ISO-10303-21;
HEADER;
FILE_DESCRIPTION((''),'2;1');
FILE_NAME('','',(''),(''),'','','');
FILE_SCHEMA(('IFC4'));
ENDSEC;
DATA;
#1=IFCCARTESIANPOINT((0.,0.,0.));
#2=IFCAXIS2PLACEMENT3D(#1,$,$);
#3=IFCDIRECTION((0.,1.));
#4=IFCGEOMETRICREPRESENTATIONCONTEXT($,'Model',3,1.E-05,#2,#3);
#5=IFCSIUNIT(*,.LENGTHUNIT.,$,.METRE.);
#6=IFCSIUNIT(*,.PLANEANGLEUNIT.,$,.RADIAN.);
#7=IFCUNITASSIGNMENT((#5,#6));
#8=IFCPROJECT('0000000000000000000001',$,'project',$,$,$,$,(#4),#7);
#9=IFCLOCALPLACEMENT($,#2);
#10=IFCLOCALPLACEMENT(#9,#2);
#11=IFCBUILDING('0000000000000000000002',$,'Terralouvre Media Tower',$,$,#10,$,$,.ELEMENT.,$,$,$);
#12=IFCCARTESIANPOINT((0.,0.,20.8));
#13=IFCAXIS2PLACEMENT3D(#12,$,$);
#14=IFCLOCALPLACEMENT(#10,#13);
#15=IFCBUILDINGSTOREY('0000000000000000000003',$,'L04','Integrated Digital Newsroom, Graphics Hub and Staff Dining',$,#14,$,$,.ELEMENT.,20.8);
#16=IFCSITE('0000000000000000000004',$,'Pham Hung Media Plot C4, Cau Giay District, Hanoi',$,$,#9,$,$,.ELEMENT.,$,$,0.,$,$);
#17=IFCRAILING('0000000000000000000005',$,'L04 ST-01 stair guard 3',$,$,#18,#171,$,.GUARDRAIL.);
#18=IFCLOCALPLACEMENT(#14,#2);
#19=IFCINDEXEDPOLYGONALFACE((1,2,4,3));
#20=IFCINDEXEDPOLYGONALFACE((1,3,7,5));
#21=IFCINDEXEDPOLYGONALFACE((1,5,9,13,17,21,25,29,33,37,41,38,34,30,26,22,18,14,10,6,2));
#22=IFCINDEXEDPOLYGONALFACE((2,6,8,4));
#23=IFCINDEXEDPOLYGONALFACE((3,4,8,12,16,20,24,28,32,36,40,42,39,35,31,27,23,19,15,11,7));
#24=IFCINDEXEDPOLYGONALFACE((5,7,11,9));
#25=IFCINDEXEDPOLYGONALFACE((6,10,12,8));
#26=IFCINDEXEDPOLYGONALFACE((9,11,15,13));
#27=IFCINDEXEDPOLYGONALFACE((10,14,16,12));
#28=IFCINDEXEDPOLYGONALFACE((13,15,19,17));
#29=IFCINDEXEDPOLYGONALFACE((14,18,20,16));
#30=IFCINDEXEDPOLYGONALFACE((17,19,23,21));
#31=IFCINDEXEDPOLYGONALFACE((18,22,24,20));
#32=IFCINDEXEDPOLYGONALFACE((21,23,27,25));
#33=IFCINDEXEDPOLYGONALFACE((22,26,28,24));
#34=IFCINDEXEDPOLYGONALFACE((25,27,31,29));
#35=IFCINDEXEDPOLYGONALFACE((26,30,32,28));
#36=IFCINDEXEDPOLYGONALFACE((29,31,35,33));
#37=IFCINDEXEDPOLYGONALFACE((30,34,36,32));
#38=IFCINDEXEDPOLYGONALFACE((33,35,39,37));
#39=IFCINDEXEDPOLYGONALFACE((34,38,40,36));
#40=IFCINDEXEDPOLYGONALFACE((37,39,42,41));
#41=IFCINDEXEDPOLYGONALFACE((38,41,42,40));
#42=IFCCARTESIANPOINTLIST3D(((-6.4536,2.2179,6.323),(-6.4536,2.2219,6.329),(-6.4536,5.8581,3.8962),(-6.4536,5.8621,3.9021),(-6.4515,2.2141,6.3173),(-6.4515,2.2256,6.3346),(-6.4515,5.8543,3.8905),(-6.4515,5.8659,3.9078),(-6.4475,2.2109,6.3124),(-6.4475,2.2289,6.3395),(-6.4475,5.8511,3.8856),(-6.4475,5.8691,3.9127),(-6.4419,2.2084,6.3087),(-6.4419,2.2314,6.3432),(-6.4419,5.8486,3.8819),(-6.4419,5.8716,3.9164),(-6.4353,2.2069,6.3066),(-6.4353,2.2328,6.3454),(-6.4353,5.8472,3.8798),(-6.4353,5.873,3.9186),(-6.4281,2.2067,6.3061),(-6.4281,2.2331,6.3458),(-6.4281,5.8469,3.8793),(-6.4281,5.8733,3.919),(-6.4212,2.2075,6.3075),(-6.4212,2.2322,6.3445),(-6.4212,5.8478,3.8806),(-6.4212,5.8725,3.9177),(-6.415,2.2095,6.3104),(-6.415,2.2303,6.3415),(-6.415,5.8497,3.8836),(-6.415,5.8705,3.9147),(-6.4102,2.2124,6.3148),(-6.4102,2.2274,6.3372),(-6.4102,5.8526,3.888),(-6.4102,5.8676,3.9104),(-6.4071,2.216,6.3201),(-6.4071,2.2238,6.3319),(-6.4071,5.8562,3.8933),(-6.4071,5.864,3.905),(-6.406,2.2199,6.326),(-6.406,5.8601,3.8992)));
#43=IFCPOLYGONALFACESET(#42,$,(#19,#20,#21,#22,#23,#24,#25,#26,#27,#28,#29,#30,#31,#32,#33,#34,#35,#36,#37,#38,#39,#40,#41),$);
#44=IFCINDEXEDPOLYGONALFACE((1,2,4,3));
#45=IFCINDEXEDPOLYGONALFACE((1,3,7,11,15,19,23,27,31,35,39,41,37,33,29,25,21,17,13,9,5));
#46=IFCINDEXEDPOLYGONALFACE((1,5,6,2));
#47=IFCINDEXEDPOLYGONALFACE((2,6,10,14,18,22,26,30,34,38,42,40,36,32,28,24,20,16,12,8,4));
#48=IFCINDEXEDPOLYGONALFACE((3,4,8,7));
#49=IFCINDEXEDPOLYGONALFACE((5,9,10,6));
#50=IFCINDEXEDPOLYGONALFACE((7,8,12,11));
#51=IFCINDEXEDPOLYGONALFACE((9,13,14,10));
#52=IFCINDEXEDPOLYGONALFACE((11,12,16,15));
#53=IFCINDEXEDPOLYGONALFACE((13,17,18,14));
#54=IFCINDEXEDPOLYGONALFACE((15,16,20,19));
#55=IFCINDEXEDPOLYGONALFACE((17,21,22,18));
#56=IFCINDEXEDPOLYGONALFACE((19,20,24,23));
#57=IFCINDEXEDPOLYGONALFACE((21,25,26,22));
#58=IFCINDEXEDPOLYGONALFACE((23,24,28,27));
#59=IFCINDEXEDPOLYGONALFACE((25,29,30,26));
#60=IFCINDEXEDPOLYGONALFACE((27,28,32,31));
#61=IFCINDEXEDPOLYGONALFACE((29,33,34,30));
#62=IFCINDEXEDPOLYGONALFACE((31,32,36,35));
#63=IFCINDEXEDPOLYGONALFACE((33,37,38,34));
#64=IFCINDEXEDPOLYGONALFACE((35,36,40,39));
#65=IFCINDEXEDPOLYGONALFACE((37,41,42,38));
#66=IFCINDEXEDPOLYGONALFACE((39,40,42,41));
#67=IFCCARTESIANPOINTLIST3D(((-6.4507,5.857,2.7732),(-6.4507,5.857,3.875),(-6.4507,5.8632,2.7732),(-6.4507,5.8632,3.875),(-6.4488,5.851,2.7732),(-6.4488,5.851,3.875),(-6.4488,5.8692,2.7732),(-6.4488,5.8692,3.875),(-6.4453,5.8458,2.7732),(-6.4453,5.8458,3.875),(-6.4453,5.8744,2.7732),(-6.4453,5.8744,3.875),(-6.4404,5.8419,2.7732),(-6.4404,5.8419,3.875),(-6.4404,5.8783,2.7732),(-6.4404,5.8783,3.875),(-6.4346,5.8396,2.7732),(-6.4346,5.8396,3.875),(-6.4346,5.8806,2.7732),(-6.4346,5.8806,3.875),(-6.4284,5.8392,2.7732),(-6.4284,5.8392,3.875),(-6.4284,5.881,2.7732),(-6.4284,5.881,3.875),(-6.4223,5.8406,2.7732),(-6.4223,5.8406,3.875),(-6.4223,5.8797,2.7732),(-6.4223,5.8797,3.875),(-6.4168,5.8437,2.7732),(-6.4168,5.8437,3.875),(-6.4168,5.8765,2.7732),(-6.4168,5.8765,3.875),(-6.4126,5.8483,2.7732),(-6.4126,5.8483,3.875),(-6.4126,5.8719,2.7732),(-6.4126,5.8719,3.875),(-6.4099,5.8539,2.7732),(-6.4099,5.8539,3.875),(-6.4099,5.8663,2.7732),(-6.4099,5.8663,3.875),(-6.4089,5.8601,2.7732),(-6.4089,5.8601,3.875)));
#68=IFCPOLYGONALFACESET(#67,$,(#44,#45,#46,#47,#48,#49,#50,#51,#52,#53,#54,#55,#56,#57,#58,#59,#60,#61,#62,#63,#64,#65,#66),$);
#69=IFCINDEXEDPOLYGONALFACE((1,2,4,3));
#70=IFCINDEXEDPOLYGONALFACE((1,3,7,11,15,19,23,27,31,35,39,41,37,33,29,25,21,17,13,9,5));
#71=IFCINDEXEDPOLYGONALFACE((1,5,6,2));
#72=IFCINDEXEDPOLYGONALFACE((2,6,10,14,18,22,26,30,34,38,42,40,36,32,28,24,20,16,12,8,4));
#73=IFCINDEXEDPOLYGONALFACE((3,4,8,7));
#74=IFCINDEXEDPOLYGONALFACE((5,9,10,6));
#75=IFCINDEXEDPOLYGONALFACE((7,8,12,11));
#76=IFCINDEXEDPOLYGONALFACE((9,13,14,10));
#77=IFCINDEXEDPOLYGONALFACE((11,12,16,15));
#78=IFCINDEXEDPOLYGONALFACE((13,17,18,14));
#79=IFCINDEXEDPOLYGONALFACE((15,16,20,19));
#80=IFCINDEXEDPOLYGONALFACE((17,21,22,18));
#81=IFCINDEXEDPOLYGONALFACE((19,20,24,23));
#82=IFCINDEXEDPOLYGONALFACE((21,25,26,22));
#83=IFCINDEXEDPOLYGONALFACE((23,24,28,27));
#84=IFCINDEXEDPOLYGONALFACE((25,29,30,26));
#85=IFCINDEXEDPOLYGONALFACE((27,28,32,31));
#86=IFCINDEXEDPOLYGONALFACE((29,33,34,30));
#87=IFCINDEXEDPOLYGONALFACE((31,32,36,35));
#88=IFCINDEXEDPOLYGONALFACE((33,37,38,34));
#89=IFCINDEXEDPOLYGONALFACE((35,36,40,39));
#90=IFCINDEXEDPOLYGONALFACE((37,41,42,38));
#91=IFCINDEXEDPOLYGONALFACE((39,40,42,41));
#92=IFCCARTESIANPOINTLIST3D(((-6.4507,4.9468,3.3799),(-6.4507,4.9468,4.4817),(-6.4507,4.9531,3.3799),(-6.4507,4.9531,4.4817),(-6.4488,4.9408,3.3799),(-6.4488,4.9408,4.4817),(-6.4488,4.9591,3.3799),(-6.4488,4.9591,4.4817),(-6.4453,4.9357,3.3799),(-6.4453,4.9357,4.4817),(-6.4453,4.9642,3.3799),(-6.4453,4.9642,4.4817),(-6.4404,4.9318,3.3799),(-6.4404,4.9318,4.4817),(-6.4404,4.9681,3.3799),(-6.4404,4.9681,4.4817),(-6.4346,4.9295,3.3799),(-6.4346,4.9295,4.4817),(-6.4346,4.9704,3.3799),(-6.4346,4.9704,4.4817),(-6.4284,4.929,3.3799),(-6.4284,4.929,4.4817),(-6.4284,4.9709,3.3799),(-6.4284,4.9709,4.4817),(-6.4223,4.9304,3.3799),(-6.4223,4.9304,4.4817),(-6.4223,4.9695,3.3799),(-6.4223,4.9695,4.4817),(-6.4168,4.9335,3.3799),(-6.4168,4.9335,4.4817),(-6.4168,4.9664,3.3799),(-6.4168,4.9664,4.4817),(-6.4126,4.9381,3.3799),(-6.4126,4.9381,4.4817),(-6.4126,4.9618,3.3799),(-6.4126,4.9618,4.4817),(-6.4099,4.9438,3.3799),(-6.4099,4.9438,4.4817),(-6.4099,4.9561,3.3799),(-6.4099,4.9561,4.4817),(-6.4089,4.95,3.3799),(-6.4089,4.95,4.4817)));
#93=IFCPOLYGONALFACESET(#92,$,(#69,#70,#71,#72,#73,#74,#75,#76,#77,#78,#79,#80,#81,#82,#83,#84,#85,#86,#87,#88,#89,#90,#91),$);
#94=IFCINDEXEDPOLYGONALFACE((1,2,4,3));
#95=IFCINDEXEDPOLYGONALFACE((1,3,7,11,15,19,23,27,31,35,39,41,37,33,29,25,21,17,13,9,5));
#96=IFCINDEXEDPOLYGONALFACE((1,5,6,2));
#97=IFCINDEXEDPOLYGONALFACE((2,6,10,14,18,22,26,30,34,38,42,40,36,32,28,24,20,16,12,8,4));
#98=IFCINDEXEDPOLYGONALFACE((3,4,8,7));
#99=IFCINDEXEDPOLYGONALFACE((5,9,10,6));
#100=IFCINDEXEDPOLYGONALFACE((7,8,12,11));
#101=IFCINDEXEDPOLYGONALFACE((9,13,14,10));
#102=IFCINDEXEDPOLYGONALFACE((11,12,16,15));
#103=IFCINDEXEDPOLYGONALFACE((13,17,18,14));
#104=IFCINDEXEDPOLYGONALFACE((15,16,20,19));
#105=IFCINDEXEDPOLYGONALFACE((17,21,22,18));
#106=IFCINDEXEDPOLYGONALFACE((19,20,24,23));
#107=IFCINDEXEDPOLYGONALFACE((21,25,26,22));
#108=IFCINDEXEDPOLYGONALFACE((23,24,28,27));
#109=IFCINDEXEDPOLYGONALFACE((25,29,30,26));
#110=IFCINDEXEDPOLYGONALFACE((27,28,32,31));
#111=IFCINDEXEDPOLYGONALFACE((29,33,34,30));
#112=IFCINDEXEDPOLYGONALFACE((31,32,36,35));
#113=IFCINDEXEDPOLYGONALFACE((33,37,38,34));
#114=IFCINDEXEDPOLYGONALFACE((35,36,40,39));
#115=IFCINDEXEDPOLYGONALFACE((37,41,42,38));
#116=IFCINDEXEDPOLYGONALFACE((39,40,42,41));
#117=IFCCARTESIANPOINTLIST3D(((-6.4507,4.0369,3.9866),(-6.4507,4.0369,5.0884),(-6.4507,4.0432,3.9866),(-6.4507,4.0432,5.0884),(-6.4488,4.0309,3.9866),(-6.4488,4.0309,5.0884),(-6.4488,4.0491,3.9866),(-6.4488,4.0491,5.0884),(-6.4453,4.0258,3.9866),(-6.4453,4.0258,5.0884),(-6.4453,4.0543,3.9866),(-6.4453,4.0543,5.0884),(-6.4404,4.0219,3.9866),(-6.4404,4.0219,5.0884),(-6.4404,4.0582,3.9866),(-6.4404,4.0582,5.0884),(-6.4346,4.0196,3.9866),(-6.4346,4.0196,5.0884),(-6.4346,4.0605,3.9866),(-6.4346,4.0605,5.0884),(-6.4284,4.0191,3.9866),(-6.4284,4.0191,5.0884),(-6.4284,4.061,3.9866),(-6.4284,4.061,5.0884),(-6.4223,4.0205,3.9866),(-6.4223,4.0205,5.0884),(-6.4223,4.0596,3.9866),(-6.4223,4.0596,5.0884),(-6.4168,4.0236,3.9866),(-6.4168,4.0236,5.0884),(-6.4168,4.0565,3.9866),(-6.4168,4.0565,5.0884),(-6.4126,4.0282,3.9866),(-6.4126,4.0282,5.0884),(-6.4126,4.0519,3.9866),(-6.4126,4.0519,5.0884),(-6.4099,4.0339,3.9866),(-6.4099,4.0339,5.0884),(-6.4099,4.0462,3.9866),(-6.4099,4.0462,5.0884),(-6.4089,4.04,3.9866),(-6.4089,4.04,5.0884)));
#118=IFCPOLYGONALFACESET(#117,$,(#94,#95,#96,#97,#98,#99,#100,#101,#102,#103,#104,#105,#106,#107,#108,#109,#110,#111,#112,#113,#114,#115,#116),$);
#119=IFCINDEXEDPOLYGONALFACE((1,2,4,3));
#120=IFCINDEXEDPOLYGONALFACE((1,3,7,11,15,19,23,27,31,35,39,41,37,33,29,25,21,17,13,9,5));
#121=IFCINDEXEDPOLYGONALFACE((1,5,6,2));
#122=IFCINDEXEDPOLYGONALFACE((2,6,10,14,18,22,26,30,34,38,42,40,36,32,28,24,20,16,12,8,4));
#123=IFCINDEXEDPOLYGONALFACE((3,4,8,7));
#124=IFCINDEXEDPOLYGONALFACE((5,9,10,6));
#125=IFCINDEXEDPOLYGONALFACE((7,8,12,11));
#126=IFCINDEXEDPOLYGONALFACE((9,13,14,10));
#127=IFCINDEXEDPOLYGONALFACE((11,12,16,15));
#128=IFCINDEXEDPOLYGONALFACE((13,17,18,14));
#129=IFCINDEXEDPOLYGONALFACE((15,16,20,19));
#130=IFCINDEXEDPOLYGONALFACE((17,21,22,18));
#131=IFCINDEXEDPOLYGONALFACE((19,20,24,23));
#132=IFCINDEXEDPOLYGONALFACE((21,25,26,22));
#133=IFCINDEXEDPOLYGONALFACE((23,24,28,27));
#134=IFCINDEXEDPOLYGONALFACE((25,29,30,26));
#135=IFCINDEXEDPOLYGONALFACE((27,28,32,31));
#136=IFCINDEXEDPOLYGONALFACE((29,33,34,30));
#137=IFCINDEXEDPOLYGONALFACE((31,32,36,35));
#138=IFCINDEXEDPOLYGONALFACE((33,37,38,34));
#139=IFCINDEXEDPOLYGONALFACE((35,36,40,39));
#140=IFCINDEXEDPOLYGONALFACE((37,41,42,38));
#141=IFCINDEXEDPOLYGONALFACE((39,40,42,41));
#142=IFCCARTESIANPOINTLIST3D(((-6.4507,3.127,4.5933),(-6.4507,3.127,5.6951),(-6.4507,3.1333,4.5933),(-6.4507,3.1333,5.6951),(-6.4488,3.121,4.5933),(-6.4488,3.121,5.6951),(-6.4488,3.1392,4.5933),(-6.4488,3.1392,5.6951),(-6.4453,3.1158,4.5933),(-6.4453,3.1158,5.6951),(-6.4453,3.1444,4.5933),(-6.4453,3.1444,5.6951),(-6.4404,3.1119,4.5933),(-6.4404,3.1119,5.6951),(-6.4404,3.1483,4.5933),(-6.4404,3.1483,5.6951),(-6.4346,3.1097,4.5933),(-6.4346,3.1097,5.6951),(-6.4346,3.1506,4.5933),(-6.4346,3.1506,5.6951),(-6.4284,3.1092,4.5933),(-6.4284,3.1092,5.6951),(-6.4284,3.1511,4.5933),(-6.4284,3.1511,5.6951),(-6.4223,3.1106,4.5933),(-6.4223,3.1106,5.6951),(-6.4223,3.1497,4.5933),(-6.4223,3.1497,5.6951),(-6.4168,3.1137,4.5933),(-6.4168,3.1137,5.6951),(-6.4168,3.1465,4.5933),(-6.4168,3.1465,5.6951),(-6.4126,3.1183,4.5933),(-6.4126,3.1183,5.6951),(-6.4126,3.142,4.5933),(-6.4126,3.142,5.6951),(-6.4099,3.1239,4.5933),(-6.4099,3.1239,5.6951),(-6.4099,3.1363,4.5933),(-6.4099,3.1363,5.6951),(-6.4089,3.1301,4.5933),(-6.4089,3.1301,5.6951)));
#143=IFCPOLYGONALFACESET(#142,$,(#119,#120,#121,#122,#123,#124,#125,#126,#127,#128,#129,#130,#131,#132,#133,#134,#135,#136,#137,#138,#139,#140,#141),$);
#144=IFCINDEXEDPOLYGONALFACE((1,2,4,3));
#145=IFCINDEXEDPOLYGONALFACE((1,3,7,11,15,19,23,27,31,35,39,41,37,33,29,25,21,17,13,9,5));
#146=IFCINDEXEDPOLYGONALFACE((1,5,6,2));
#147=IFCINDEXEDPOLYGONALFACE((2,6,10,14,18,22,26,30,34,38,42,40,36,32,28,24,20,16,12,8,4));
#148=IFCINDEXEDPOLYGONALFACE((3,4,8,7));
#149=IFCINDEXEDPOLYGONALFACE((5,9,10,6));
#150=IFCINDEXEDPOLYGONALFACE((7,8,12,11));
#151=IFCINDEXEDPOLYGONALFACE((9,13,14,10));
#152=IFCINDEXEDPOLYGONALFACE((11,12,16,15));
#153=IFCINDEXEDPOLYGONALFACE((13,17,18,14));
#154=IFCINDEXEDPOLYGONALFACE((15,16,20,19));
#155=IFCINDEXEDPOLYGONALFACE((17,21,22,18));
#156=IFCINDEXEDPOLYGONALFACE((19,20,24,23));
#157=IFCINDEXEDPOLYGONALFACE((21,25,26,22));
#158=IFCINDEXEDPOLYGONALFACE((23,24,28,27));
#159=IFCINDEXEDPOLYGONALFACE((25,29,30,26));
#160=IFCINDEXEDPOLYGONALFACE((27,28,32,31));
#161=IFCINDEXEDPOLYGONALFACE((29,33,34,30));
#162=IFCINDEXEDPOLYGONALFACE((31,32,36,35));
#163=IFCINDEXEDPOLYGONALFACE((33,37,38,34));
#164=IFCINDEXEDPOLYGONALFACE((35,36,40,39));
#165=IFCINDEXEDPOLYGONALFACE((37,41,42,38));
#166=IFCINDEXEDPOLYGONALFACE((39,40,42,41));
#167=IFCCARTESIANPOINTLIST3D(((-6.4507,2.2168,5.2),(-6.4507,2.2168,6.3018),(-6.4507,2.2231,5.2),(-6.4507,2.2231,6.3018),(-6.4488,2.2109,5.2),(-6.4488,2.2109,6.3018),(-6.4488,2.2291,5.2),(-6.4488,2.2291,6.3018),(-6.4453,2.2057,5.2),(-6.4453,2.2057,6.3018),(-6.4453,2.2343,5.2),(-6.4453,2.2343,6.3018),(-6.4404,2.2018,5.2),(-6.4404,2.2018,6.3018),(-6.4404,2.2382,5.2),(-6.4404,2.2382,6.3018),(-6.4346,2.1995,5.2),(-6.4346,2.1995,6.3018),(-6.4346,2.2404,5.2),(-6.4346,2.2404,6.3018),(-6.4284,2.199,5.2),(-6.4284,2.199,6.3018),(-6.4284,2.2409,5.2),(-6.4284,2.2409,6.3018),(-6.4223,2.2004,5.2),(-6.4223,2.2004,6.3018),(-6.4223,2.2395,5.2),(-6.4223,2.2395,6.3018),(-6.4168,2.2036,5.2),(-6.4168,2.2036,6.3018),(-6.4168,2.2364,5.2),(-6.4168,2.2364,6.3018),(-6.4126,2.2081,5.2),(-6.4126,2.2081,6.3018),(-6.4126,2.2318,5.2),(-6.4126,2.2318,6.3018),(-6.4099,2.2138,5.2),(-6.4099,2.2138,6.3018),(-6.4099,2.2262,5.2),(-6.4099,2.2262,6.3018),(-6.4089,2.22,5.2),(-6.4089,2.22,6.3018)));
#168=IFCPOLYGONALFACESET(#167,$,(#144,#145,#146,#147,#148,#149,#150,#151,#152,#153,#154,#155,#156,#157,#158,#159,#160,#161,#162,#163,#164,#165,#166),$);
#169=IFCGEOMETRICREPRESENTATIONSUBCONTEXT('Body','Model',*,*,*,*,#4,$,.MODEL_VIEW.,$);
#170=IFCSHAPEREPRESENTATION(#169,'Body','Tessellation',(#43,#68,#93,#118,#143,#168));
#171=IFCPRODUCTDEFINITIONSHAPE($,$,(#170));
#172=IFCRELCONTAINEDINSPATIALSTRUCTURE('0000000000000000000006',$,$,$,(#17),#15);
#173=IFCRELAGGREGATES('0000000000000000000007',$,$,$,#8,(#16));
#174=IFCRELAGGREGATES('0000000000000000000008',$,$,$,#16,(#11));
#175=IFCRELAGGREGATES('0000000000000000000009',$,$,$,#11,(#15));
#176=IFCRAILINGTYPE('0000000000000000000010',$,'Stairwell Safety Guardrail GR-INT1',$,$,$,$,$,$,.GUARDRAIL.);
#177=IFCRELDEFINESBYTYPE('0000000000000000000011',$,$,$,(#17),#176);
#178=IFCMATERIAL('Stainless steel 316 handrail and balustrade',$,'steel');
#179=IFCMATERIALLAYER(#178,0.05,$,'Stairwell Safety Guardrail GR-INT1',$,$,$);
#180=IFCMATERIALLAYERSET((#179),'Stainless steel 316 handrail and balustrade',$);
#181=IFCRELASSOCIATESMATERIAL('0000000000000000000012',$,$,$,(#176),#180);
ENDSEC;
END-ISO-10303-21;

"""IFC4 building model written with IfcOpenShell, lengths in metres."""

from ifc_helpers import new_model, si_unit, direction, frame, origin, origin_2d, place, context, subcontext, project, spatial, circle, extrude, material, layer, layer_set, type_object, element, save


model = new_model("IFC4")

# Units and contexts
model_context = context("Model", 3, precision=1e-05, world=origin(), true_north=direction((0.0, 1.0)))
body_context = subcontext(model_context, "Body", "Model", "MODEL_VIEW")
ifc_project = project(units=[si_unit("LENGTHUNIT", "METRE"), si_unit("PLANEANGLEUNIT", "RADIAN")], contexts=[model_context])

# Site, building, storey
site_placement = place(None, origin())
site = spatial("IfcSite", under=ifc_project, at=site_placement, Name="Pham Hung Media Plot C4, Cau Giay District, Hanoi", CompositionType="ELEMENT", RefElevation=0.0)
building_placement = place(site_placement, origin())
building = spatial("IfcBuilding", under=site, at=building_placement, Name="Terralouvre Media Tower", CompositionType="ELEMENT")
storey_placement = place(building_placement, frame((0.0, 0.0, 20.8)))
storey = spatial("IfcBuildingStorey", under=building, at=storey_placement, Name="L04", Description="Integrated Digital Newsroom, Graphics Hub and Staff Dining", CompositionType="ELEMENT", Elevation=20.8)

# Railing
ifc_material_1 = material(Name="Stainless steel 316 handrail and balustrade", Category="steel")
ifc_layer_1 = layer(ifc_material_1, 0.05, Name="Stairwell Safety Guardrail GR-INT1")
ifc_layer_set_1 = layer_set([ifc_layer_1], Name="Stainless steel 316 handrail and balustrade")
railing_type_1 = type_object("IfcRailingType", Name="Stairwell Safety Guardrail GR-INT1", PredefinedType="GUARDRAIL", material=ifc_layer_set_1)
railing_1_placement = place(storey_placement, frame((-6.4299, 5.8601, 2.7732)))
element("IfcRailing", 1, at=railing_1_placement, inside=storey, type_object=railing_type_1, Name="L04 ST-01 stair guard 3", PredefinedType="GUARDRAIL", context=body_context, shape_type="SweptSolid", body=[
    extrude(circle(Radius=0.0239, at=origin_2d()), frame((0.0, 0.0, 1.126), z_axis=(0.0, -0.83205, 0.5547), x_axis=(1.0, 0.0, 0.0)), (0.0, 0.0, 1.0), 4.375),
    extrude(circle(Radius=0.021, at=origin_2d()), origin(), (0.0, 0.0, 1.0), 1.1018),
    extrude(circle(Radius=0.021, at=origin_2d()), frame((0.0, -0.9102, 0.6067)), (0.0, 0.0, 1.0), 1.1018),
    extrude(circle(Radius=0.021, at=origin_2d()), frame((0.0, -1.8201, 1.2134)), (0.0, 0.0, 1.0), 1.1018),
    extrude(circle(Radius=0.021, at=origin_2d()), frame((0.0, -2.73, 1.8201)), (0.0, 0.0, 1.0), 1.1018),
    extrude(circle(Radius=0.021, at=origin_2d()), frame((0.0, -3.6401, 2.4268)), (0.0, 0.0, 1.0), 1.1018),
])

save(model, "model.ifc")
